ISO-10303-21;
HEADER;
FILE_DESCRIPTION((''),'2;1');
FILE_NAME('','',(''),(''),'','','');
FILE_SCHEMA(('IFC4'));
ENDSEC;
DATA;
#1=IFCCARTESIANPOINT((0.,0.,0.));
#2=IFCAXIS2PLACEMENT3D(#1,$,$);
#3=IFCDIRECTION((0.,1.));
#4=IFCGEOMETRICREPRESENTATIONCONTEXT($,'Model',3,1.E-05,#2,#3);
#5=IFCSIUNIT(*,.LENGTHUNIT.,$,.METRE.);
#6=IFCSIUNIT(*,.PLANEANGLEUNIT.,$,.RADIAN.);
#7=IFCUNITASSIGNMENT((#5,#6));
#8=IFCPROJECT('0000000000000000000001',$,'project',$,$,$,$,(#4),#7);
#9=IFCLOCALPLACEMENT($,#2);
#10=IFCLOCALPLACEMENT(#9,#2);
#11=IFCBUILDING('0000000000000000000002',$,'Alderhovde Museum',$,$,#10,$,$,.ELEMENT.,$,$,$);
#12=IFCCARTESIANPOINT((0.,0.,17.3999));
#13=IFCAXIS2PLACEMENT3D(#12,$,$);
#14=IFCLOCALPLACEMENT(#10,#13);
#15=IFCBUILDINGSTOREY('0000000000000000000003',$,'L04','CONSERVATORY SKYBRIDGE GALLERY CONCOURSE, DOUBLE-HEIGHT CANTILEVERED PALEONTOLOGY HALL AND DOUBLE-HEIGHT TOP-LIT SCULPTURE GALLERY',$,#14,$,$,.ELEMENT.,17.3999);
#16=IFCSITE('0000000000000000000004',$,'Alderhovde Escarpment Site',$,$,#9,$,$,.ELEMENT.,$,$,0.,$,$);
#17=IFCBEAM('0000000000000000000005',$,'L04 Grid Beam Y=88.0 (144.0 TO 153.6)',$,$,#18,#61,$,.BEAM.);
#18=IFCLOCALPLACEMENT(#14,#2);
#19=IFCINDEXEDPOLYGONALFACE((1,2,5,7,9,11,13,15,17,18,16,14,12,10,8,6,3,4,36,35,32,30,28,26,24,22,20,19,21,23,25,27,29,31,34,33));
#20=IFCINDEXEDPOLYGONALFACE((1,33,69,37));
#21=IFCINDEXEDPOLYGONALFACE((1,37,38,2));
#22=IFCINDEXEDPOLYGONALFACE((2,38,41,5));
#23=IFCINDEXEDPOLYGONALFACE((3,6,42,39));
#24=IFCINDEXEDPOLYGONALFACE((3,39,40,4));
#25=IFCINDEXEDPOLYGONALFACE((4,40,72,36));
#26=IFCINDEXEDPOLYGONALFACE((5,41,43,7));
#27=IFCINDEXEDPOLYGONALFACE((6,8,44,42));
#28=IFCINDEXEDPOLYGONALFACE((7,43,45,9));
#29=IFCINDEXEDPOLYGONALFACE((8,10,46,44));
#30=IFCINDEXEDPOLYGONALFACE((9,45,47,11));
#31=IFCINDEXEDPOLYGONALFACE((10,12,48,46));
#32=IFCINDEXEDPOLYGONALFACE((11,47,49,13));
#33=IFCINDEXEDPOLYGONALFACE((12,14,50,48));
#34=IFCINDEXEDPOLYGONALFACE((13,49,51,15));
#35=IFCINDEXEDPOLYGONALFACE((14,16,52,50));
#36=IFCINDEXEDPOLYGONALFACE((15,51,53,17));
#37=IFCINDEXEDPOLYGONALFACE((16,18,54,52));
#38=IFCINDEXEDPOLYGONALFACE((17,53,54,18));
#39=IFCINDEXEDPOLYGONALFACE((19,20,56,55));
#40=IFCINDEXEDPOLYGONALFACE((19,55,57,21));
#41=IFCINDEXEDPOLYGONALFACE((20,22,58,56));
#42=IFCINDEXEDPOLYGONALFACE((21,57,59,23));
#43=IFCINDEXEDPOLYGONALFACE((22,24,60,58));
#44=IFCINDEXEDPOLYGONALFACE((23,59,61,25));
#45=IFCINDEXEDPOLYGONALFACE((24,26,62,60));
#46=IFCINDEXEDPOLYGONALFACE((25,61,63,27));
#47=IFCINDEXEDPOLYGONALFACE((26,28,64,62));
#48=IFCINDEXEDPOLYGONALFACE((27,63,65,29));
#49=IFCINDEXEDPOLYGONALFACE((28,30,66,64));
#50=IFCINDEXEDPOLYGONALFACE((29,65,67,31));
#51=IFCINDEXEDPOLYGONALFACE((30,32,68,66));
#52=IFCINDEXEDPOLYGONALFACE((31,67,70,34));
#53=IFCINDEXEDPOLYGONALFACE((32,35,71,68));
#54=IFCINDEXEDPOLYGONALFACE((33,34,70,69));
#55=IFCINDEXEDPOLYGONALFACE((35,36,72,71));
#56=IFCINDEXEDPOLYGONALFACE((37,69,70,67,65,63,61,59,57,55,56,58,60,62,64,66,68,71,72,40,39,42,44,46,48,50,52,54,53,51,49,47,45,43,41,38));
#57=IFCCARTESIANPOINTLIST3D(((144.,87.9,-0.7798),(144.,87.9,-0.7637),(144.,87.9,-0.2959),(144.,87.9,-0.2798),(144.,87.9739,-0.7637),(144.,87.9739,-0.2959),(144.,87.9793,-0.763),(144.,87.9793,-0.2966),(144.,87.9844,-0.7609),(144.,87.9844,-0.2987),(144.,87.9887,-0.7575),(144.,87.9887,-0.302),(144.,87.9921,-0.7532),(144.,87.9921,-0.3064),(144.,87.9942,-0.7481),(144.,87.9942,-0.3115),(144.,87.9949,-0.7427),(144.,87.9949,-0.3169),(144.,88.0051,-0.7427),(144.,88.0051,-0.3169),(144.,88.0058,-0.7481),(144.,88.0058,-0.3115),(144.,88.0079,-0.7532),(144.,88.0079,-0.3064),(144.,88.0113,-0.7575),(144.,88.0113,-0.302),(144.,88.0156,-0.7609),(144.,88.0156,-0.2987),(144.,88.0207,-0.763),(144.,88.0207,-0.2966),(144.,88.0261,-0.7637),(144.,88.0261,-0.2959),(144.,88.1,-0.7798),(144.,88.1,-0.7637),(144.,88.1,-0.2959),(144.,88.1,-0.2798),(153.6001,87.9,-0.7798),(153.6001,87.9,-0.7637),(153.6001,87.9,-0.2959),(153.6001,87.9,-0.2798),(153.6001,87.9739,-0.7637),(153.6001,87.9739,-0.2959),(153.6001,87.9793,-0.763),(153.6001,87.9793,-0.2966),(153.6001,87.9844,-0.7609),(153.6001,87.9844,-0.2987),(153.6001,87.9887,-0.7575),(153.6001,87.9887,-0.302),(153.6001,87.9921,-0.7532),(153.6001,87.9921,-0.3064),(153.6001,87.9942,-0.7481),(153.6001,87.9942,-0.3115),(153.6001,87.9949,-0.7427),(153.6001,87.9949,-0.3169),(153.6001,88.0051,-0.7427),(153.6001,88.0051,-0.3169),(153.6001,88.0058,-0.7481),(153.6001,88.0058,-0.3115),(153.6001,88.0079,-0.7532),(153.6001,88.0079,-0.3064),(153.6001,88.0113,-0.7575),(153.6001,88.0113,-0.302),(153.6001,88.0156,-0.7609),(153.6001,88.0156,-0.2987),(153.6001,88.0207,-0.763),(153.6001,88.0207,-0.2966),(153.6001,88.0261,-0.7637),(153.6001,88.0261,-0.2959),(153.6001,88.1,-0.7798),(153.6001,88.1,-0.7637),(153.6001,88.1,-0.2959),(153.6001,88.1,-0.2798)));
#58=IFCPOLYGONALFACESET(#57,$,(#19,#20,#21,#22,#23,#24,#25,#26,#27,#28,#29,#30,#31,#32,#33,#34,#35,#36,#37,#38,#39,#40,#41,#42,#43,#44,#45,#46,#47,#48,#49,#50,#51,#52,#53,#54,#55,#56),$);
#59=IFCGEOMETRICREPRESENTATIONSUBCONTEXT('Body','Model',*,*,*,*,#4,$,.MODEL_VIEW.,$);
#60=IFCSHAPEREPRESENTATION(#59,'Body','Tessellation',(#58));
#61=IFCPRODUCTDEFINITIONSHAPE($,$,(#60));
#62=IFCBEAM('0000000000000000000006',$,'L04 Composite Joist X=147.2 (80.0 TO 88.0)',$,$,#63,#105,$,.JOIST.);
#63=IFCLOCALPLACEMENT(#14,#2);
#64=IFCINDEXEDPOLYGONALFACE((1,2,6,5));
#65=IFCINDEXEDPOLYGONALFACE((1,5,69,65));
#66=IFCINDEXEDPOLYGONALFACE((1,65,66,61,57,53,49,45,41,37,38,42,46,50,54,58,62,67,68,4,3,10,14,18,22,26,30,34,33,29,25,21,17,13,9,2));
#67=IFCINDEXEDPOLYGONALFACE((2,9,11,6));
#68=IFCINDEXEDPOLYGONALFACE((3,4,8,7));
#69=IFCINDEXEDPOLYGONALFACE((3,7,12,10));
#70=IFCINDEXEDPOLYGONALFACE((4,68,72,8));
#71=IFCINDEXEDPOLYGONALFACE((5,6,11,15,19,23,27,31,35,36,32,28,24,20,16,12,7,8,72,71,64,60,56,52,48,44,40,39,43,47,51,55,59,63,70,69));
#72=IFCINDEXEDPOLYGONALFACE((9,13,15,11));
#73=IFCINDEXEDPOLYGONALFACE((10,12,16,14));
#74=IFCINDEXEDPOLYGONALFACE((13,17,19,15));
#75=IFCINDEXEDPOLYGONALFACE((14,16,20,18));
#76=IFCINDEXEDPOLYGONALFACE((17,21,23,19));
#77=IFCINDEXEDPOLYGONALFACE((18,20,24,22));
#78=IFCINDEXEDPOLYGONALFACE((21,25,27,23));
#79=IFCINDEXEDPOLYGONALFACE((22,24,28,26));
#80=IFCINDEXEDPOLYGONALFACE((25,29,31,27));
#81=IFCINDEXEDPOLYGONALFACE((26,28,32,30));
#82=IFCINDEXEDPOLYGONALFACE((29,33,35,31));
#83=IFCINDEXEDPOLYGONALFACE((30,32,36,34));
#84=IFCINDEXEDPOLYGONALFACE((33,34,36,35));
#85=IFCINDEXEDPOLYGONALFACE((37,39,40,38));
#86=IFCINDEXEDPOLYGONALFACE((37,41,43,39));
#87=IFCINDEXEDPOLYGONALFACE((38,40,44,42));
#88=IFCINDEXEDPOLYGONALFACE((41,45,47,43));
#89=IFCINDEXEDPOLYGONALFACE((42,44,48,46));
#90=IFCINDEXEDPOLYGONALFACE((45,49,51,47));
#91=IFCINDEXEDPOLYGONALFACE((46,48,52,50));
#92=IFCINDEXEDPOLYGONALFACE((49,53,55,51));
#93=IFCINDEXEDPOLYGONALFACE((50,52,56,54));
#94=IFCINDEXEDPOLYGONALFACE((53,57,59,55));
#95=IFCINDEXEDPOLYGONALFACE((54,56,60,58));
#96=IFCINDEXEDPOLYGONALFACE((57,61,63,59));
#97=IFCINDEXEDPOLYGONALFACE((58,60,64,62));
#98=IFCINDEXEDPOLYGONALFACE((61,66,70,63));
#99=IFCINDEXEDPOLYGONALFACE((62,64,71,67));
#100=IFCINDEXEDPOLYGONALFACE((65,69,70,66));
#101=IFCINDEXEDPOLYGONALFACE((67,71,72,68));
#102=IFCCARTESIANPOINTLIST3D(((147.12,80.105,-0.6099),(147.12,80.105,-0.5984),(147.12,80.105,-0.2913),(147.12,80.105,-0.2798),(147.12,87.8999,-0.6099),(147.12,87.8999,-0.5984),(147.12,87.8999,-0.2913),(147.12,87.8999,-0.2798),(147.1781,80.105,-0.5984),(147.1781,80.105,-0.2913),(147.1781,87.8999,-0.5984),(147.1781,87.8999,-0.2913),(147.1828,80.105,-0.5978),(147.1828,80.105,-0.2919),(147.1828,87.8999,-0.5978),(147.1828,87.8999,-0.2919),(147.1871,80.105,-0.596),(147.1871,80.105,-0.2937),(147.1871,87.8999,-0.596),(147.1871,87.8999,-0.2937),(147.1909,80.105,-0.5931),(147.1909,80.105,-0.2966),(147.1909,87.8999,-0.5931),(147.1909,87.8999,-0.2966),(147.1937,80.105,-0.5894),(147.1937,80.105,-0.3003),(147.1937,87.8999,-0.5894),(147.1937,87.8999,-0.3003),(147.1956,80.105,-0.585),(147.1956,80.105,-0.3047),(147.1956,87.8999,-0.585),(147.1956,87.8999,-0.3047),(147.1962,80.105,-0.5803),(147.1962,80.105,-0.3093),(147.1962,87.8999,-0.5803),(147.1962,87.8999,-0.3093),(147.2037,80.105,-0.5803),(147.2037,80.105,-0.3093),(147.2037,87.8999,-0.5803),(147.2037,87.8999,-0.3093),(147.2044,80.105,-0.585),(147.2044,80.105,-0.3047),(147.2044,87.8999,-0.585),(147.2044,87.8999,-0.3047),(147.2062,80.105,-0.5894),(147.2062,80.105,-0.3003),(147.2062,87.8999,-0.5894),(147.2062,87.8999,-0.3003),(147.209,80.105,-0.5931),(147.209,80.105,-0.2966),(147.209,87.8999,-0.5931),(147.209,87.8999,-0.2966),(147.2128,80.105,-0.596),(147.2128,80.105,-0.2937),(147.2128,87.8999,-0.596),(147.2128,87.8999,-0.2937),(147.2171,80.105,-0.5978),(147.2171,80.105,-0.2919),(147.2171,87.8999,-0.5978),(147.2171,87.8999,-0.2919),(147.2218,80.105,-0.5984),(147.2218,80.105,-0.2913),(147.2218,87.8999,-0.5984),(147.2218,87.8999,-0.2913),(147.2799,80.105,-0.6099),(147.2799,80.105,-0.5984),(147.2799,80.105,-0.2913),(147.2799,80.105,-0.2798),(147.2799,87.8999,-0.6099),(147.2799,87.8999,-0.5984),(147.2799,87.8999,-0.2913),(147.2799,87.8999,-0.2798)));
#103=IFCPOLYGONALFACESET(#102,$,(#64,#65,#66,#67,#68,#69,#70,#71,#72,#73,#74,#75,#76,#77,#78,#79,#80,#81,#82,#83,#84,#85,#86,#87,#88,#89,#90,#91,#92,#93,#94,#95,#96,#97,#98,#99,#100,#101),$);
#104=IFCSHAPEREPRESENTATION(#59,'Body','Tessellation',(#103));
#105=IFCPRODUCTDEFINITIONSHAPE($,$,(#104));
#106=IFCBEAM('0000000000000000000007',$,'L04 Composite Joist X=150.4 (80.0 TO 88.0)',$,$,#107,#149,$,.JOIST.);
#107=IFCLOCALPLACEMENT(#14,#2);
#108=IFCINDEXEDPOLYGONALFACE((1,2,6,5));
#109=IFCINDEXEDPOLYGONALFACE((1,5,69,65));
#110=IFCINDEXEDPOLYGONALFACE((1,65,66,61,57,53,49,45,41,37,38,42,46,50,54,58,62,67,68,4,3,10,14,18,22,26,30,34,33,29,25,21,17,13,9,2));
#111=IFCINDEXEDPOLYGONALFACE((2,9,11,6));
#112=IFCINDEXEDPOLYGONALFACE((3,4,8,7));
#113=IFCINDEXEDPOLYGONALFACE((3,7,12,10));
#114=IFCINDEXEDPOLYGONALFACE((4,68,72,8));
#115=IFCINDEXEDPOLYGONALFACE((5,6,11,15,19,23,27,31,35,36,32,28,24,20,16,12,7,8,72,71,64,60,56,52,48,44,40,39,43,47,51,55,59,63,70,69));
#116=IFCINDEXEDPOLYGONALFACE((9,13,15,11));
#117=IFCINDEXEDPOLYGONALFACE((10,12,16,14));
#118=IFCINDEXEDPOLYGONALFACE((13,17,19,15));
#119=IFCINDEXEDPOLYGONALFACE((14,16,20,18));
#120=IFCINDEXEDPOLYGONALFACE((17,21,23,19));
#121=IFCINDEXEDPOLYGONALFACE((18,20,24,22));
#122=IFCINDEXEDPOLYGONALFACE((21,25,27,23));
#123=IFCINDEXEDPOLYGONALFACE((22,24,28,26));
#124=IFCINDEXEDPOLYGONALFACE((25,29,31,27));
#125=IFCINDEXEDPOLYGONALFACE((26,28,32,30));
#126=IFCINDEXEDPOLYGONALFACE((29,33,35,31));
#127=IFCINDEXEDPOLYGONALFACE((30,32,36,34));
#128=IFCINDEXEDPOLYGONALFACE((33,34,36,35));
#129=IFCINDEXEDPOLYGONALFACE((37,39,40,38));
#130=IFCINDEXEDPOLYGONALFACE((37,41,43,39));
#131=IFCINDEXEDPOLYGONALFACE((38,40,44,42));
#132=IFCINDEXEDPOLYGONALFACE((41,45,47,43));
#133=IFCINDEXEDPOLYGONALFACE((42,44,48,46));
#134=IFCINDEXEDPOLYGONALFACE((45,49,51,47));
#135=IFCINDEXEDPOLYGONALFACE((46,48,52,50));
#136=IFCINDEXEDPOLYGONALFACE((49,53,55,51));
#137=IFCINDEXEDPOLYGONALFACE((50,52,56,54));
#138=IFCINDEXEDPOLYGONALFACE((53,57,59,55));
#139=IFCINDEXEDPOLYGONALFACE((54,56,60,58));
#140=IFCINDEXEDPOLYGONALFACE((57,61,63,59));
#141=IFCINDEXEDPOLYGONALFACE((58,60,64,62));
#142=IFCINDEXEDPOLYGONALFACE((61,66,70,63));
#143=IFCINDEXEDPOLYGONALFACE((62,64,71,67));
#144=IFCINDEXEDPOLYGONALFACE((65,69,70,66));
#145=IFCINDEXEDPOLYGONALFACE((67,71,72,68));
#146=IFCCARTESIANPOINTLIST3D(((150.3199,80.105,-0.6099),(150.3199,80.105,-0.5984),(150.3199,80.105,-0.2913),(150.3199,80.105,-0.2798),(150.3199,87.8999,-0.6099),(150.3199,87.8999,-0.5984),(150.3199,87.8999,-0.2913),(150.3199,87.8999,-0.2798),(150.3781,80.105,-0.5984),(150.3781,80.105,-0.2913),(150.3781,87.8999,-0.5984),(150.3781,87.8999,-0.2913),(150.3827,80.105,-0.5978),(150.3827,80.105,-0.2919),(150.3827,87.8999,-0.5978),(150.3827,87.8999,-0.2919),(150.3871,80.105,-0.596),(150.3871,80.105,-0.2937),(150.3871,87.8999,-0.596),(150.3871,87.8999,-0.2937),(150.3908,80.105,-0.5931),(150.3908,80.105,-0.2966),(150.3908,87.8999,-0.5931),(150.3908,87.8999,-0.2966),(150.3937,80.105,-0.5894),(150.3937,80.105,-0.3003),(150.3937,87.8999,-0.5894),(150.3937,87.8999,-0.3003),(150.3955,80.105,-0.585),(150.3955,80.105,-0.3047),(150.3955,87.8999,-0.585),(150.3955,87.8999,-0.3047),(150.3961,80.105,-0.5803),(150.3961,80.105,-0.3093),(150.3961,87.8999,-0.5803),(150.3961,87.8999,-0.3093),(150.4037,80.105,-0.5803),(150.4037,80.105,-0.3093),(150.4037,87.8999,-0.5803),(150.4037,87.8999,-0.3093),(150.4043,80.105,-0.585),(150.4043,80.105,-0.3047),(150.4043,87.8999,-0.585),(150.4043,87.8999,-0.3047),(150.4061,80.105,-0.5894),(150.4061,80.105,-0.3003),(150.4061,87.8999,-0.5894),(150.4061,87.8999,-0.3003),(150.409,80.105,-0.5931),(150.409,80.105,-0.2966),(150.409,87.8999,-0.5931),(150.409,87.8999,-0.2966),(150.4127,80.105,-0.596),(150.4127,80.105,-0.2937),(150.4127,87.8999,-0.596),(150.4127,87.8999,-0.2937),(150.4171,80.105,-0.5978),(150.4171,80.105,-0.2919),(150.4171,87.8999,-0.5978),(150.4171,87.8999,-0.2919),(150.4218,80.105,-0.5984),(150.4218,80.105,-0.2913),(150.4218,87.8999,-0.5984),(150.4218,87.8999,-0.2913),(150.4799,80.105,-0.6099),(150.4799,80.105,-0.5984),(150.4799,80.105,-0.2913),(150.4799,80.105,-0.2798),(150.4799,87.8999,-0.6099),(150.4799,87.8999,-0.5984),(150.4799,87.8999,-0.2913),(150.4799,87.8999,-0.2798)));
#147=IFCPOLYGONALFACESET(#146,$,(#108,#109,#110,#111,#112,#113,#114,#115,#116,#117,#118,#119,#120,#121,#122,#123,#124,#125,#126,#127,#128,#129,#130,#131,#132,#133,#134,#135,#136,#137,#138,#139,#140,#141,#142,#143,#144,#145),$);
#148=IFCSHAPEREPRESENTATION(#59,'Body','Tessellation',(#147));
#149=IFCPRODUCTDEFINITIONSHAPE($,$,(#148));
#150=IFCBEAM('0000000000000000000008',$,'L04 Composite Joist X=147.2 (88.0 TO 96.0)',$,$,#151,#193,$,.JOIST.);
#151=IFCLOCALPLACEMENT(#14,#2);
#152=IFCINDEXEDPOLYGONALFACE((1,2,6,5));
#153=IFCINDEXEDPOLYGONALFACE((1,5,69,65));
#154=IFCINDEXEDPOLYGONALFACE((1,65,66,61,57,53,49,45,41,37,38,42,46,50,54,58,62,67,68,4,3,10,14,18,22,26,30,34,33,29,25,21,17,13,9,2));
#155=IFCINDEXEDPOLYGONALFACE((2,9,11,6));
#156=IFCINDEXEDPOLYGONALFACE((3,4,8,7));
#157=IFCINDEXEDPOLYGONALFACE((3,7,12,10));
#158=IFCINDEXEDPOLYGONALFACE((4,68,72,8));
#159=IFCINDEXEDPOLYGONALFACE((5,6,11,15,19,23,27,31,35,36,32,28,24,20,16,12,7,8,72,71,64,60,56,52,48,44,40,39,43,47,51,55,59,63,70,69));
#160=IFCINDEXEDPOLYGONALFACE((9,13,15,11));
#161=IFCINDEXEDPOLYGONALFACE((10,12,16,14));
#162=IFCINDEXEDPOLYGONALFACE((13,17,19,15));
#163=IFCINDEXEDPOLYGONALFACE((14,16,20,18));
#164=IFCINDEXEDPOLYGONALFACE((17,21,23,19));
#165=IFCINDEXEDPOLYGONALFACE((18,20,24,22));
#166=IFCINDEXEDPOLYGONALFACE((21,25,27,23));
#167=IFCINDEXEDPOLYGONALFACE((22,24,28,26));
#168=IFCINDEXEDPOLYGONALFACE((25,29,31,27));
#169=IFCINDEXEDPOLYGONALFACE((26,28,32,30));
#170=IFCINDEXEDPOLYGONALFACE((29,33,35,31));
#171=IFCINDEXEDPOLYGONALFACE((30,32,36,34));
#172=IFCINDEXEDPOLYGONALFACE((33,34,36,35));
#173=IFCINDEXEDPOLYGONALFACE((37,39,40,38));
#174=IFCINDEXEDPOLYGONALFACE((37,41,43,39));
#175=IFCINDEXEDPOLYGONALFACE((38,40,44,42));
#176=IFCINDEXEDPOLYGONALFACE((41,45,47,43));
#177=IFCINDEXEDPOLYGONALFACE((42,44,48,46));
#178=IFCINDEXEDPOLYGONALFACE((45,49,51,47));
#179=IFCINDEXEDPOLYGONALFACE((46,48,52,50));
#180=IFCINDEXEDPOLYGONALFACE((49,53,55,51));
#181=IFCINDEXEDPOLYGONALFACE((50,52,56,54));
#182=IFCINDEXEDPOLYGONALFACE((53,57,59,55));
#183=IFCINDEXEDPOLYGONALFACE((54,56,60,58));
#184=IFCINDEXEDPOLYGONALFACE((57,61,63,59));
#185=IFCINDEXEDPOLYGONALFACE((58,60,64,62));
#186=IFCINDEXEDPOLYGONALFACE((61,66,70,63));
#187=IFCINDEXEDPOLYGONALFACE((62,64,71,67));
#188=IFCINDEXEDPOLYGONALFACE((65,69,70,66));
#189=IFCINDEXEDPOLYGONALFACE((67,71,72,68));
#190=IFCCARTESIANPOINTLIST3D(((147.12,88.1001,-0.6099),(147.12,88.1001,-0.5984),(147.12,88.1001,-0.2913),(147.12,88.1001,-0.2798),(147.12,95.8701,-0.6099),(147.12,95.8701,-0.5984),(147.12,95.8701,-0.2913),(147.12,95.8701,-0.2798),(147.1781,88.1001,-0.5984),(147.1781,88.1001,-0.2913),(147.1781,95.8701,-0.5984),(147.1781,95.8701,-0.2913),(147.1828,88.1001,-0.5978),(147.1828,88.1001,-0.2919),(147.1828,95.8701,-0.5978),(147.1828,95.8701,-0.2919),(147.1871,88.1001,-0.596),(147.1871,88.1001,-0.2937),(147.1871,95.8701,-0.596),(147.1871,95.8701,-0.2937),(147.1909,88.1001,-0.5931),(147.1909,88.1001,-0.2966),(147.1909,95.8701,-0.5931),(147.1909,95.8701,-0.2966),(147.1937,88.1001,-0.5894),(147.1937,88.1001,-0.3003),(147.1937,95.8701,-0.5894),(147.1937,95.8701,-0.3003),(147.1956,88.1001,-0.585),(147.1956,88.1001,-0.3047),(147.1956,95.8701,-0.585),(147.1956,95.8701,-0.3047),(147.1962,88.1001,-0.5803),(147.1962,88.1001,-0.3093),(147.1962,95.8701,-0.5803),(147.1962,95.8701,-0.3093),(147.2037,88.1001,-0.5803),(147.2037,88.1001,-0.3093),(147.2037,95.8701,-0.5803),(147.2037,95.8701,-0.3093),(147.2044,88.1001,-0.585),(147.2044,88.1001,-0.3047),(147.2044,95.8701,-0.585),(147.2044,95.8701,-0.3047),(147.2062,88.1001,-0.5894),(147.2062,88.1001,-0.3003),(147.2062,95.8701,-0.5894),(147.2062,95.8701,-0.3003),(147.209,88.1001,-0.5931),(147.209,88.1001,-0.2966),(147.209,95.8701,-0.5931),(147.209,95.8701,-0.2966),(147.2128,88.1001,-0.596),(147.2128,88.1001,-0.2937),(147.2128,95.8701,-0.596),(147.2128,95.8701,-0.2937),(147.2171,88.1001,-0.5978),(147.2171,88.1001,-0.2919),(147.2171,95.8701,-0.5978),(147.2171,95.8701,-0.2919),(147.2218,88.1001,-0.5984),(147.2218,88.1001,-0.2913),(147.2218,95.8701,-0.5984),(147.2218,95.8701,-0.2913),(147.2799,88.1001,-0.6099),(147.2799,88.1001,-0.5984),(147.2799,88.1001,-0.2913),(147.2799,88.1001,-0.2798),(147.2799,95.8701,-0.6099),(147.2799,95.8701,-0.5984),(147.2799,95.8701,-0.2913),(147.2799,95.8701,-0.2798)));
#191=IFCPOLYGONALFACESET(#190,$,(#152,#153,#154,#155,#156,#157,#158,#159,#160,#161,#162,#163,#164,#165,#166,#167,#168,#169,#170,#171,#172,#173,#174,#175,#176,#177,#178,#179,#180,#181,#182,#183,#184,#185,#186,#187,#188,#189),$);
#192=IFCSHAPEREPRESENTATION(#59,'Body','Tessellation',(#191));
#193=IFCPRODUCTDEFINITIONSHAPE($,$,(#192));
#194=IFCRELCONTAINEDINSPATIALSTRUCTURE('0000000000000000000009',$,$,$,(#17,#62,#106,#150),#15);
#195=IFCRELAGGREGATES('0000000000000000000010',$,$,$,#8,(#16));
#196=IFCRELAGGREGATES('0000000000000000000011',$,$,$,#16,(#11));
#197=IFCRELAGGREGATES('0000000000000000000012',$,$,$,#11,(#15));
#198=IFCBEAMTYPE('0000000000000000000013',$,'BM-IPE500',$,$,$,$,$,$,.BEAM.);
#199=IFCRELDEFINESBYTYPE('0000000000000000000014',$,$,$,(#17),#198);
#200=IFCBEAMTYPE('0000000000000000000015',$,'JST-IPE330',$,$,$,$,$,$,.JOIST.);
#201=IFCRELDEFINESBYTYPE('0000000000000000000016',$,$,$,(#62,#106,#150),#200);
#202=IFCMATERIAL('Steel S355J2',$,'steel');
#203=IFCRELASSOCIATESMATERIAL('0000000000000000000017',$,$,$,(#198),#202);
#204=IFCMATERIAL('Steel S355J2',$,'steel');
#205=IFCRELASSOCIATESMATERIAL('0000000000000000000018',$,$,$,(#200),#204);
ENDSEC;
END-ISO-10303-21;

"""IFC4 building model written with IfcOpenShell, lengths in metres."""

from ifc_helpers import new_model, si_unit, direction, frame, origin, origin_2d, place, context, subcontext, project, spatial, i_section, extrude, material, material_profile, profile_set, type_object, element, save


model = new_model("IFC4")

# Units and contexts
model_context = context("Model", 3, precision=1e-05, world=origin(), true_north=direction((0.0, 1.0)))
body_context = subcontext(model_context, "Body", "Model", "MODEL_VIEW")
ifc_project = project(units=[si_unit("LENGTHUNIT", "METRE"), si_unit("PLANEANGLEUNIT", "RADIAN")], contexts=[model_context])

# Site, building, storey
site_placement = place(None, origin())
site = spatial("IfcSite", under=ifc_project, at=site_placement, Name="Alderhovde Escarpment Site", CompositionType="ELEMENT", RefElevation=0.0)
building_placement = place(site_placement, origin())
building = spatial("IfcBuilding", under=site, at=building_placement, Name="Alderhovde Museum", CompositionType="ELEMENT")
storey_placement = place(building_placement, frame((0.0, 0.0, 17.3999)))
storey = spatial("IfcBuildingStorey", under=building, at=storey_placement, Name="L04", Description="CONSERVATORY SKYBRIDGE GALLERY CONCOURSE, DOUBLE-HEIGHT CANTILEVERED PALEONTOLOGY HALL AND DOUBLE-HEIGHT TOP-LIT SCULPTURE GALLERY", CompositionType="ELEMENT", Elevation=17.3999)

# Beams
ifc_material_1 = material(Name="Steel S355J2", Category="steel")
ifc_material_profile_1 = material_profile(ifc_material_1, i_section(OverallWidth=0.2, OverallDepth=0.5, WebThickness=0.0103, FlangeThickness=0.0161, FilletRadius=0.021, at=origin_2d()), Name="IPE 500")
ifc_profile_set_1 = profile_set([ifc_material_profile_1], Name="Steel S355J2")
beam_type_1 = type_object("IfcBeamType", Name="BM-IPE500", PredefinedType="BEAM", material=ifc_profile_set_1)
beam_1_placement = place(storey_placement, frame((144.0, 88.0, -0.5298), z_axis=(1.0, 0.0, 0.0), x_axis=(0.0, 1.0, 0.0)))
element("IfcBeam", 1, at=beam_1_placement, inside=storey, type_object=beam_type_1, Name="L04 Grid Beam Y=88.0 (144.0 TO 153.6)", PredefinedType="BEAM", context=body_context, shape_type="SweptSolid", body=[
    extrude(i_section(OverallWidth=0.2, OverallDepth=0.5, WebThickness=0.0103, FlangeThickness=0.0161, FilletRadius=0.021, at=origin_2d()), origin(), (0.0, 0.0, 1.0), 9.6001),
])
ifc_material_2 = material(Name="Steel S355J2", Category="steel")
ifc_material_profile_2 = material_profile(ifc_material_2, i_section(OverallWidth=0.1599, OverallDepth=0.3301, WebThickness=0.0076, FlangeThickness=0.0115, FilletRadius=0.0181, at=origin_2d()), Name="IPE 330")
ifc_profile_set_2 = profile_set([ifc_material_profile_2], Name="Steel S355J2")
beam_type_2 = type_object("IfcBeamType", Name="JST-IPE330", PredefinedType="JOIST", material=ifc_profile_set_2)
for number, where, z_axis, x_axis, name in (
    (2, (147.2, 80.105, -0.4448), (0.0, 1.0, 0.0), (-1.0, 0.0, 0.0), "L04 Composite Joist X=147.2 (80.0 TO 88.0)"),
    (3, (150.3999, 80.105, -0.4448), (0.0, 1.0, 0.0), (-1.0, 0.0, 0.0), "L04 Composite Joist X=150.4 (80.0 TO 88.0)"),
):
    element("IfcBeam", number, at=place(storey_placement, frame(where, z_axis=z_axis, x_axis=x_axis)), inside=storey, type_object=beam_type_2, Name=name, PredefinedType="JOIST", context=body_context, shape_type="SweptSolid", body=[
        extrude(i_section(OverallWidth=0.1599, OverallDepth=0.3301, WebThickness=0.0076, FlangeThickness=0.0115, FilletRadius=0.0181, at=origin_2d()), origin(), (0.0, 0.0, 1.0), 7.7949),
    ])
for number, where, z_axis, x_axis, name in (
    (4, (147.2, 88.1001, -0.4448), (0.0, 1.0, 0.0), (-1.0, 0.0, 0.0), "L04 Composite Joist X=147.2 (88.0 TO 96.0)"),
):
    element("IfcBeam", number, at=place(storey_placement, frame(where, z_axis=z_axis, x_axis=x_axis)), inside=storey, type_object=beam_type_2, Name=name, PredefinedType="JOIST", context=body_context, shape_type="SweptSolid", body=[
        extrude(i_section(OverallWidth=0.1599, OverallDepth=0.3301, WebThickness=0.0076, FlangeThickness=0.0115, FilletRadius=0.0181, at=origin_2d()), origin(), (0.0, 0.0, 1.0), 7.77),
    ])

save(model, "model.ifc")
